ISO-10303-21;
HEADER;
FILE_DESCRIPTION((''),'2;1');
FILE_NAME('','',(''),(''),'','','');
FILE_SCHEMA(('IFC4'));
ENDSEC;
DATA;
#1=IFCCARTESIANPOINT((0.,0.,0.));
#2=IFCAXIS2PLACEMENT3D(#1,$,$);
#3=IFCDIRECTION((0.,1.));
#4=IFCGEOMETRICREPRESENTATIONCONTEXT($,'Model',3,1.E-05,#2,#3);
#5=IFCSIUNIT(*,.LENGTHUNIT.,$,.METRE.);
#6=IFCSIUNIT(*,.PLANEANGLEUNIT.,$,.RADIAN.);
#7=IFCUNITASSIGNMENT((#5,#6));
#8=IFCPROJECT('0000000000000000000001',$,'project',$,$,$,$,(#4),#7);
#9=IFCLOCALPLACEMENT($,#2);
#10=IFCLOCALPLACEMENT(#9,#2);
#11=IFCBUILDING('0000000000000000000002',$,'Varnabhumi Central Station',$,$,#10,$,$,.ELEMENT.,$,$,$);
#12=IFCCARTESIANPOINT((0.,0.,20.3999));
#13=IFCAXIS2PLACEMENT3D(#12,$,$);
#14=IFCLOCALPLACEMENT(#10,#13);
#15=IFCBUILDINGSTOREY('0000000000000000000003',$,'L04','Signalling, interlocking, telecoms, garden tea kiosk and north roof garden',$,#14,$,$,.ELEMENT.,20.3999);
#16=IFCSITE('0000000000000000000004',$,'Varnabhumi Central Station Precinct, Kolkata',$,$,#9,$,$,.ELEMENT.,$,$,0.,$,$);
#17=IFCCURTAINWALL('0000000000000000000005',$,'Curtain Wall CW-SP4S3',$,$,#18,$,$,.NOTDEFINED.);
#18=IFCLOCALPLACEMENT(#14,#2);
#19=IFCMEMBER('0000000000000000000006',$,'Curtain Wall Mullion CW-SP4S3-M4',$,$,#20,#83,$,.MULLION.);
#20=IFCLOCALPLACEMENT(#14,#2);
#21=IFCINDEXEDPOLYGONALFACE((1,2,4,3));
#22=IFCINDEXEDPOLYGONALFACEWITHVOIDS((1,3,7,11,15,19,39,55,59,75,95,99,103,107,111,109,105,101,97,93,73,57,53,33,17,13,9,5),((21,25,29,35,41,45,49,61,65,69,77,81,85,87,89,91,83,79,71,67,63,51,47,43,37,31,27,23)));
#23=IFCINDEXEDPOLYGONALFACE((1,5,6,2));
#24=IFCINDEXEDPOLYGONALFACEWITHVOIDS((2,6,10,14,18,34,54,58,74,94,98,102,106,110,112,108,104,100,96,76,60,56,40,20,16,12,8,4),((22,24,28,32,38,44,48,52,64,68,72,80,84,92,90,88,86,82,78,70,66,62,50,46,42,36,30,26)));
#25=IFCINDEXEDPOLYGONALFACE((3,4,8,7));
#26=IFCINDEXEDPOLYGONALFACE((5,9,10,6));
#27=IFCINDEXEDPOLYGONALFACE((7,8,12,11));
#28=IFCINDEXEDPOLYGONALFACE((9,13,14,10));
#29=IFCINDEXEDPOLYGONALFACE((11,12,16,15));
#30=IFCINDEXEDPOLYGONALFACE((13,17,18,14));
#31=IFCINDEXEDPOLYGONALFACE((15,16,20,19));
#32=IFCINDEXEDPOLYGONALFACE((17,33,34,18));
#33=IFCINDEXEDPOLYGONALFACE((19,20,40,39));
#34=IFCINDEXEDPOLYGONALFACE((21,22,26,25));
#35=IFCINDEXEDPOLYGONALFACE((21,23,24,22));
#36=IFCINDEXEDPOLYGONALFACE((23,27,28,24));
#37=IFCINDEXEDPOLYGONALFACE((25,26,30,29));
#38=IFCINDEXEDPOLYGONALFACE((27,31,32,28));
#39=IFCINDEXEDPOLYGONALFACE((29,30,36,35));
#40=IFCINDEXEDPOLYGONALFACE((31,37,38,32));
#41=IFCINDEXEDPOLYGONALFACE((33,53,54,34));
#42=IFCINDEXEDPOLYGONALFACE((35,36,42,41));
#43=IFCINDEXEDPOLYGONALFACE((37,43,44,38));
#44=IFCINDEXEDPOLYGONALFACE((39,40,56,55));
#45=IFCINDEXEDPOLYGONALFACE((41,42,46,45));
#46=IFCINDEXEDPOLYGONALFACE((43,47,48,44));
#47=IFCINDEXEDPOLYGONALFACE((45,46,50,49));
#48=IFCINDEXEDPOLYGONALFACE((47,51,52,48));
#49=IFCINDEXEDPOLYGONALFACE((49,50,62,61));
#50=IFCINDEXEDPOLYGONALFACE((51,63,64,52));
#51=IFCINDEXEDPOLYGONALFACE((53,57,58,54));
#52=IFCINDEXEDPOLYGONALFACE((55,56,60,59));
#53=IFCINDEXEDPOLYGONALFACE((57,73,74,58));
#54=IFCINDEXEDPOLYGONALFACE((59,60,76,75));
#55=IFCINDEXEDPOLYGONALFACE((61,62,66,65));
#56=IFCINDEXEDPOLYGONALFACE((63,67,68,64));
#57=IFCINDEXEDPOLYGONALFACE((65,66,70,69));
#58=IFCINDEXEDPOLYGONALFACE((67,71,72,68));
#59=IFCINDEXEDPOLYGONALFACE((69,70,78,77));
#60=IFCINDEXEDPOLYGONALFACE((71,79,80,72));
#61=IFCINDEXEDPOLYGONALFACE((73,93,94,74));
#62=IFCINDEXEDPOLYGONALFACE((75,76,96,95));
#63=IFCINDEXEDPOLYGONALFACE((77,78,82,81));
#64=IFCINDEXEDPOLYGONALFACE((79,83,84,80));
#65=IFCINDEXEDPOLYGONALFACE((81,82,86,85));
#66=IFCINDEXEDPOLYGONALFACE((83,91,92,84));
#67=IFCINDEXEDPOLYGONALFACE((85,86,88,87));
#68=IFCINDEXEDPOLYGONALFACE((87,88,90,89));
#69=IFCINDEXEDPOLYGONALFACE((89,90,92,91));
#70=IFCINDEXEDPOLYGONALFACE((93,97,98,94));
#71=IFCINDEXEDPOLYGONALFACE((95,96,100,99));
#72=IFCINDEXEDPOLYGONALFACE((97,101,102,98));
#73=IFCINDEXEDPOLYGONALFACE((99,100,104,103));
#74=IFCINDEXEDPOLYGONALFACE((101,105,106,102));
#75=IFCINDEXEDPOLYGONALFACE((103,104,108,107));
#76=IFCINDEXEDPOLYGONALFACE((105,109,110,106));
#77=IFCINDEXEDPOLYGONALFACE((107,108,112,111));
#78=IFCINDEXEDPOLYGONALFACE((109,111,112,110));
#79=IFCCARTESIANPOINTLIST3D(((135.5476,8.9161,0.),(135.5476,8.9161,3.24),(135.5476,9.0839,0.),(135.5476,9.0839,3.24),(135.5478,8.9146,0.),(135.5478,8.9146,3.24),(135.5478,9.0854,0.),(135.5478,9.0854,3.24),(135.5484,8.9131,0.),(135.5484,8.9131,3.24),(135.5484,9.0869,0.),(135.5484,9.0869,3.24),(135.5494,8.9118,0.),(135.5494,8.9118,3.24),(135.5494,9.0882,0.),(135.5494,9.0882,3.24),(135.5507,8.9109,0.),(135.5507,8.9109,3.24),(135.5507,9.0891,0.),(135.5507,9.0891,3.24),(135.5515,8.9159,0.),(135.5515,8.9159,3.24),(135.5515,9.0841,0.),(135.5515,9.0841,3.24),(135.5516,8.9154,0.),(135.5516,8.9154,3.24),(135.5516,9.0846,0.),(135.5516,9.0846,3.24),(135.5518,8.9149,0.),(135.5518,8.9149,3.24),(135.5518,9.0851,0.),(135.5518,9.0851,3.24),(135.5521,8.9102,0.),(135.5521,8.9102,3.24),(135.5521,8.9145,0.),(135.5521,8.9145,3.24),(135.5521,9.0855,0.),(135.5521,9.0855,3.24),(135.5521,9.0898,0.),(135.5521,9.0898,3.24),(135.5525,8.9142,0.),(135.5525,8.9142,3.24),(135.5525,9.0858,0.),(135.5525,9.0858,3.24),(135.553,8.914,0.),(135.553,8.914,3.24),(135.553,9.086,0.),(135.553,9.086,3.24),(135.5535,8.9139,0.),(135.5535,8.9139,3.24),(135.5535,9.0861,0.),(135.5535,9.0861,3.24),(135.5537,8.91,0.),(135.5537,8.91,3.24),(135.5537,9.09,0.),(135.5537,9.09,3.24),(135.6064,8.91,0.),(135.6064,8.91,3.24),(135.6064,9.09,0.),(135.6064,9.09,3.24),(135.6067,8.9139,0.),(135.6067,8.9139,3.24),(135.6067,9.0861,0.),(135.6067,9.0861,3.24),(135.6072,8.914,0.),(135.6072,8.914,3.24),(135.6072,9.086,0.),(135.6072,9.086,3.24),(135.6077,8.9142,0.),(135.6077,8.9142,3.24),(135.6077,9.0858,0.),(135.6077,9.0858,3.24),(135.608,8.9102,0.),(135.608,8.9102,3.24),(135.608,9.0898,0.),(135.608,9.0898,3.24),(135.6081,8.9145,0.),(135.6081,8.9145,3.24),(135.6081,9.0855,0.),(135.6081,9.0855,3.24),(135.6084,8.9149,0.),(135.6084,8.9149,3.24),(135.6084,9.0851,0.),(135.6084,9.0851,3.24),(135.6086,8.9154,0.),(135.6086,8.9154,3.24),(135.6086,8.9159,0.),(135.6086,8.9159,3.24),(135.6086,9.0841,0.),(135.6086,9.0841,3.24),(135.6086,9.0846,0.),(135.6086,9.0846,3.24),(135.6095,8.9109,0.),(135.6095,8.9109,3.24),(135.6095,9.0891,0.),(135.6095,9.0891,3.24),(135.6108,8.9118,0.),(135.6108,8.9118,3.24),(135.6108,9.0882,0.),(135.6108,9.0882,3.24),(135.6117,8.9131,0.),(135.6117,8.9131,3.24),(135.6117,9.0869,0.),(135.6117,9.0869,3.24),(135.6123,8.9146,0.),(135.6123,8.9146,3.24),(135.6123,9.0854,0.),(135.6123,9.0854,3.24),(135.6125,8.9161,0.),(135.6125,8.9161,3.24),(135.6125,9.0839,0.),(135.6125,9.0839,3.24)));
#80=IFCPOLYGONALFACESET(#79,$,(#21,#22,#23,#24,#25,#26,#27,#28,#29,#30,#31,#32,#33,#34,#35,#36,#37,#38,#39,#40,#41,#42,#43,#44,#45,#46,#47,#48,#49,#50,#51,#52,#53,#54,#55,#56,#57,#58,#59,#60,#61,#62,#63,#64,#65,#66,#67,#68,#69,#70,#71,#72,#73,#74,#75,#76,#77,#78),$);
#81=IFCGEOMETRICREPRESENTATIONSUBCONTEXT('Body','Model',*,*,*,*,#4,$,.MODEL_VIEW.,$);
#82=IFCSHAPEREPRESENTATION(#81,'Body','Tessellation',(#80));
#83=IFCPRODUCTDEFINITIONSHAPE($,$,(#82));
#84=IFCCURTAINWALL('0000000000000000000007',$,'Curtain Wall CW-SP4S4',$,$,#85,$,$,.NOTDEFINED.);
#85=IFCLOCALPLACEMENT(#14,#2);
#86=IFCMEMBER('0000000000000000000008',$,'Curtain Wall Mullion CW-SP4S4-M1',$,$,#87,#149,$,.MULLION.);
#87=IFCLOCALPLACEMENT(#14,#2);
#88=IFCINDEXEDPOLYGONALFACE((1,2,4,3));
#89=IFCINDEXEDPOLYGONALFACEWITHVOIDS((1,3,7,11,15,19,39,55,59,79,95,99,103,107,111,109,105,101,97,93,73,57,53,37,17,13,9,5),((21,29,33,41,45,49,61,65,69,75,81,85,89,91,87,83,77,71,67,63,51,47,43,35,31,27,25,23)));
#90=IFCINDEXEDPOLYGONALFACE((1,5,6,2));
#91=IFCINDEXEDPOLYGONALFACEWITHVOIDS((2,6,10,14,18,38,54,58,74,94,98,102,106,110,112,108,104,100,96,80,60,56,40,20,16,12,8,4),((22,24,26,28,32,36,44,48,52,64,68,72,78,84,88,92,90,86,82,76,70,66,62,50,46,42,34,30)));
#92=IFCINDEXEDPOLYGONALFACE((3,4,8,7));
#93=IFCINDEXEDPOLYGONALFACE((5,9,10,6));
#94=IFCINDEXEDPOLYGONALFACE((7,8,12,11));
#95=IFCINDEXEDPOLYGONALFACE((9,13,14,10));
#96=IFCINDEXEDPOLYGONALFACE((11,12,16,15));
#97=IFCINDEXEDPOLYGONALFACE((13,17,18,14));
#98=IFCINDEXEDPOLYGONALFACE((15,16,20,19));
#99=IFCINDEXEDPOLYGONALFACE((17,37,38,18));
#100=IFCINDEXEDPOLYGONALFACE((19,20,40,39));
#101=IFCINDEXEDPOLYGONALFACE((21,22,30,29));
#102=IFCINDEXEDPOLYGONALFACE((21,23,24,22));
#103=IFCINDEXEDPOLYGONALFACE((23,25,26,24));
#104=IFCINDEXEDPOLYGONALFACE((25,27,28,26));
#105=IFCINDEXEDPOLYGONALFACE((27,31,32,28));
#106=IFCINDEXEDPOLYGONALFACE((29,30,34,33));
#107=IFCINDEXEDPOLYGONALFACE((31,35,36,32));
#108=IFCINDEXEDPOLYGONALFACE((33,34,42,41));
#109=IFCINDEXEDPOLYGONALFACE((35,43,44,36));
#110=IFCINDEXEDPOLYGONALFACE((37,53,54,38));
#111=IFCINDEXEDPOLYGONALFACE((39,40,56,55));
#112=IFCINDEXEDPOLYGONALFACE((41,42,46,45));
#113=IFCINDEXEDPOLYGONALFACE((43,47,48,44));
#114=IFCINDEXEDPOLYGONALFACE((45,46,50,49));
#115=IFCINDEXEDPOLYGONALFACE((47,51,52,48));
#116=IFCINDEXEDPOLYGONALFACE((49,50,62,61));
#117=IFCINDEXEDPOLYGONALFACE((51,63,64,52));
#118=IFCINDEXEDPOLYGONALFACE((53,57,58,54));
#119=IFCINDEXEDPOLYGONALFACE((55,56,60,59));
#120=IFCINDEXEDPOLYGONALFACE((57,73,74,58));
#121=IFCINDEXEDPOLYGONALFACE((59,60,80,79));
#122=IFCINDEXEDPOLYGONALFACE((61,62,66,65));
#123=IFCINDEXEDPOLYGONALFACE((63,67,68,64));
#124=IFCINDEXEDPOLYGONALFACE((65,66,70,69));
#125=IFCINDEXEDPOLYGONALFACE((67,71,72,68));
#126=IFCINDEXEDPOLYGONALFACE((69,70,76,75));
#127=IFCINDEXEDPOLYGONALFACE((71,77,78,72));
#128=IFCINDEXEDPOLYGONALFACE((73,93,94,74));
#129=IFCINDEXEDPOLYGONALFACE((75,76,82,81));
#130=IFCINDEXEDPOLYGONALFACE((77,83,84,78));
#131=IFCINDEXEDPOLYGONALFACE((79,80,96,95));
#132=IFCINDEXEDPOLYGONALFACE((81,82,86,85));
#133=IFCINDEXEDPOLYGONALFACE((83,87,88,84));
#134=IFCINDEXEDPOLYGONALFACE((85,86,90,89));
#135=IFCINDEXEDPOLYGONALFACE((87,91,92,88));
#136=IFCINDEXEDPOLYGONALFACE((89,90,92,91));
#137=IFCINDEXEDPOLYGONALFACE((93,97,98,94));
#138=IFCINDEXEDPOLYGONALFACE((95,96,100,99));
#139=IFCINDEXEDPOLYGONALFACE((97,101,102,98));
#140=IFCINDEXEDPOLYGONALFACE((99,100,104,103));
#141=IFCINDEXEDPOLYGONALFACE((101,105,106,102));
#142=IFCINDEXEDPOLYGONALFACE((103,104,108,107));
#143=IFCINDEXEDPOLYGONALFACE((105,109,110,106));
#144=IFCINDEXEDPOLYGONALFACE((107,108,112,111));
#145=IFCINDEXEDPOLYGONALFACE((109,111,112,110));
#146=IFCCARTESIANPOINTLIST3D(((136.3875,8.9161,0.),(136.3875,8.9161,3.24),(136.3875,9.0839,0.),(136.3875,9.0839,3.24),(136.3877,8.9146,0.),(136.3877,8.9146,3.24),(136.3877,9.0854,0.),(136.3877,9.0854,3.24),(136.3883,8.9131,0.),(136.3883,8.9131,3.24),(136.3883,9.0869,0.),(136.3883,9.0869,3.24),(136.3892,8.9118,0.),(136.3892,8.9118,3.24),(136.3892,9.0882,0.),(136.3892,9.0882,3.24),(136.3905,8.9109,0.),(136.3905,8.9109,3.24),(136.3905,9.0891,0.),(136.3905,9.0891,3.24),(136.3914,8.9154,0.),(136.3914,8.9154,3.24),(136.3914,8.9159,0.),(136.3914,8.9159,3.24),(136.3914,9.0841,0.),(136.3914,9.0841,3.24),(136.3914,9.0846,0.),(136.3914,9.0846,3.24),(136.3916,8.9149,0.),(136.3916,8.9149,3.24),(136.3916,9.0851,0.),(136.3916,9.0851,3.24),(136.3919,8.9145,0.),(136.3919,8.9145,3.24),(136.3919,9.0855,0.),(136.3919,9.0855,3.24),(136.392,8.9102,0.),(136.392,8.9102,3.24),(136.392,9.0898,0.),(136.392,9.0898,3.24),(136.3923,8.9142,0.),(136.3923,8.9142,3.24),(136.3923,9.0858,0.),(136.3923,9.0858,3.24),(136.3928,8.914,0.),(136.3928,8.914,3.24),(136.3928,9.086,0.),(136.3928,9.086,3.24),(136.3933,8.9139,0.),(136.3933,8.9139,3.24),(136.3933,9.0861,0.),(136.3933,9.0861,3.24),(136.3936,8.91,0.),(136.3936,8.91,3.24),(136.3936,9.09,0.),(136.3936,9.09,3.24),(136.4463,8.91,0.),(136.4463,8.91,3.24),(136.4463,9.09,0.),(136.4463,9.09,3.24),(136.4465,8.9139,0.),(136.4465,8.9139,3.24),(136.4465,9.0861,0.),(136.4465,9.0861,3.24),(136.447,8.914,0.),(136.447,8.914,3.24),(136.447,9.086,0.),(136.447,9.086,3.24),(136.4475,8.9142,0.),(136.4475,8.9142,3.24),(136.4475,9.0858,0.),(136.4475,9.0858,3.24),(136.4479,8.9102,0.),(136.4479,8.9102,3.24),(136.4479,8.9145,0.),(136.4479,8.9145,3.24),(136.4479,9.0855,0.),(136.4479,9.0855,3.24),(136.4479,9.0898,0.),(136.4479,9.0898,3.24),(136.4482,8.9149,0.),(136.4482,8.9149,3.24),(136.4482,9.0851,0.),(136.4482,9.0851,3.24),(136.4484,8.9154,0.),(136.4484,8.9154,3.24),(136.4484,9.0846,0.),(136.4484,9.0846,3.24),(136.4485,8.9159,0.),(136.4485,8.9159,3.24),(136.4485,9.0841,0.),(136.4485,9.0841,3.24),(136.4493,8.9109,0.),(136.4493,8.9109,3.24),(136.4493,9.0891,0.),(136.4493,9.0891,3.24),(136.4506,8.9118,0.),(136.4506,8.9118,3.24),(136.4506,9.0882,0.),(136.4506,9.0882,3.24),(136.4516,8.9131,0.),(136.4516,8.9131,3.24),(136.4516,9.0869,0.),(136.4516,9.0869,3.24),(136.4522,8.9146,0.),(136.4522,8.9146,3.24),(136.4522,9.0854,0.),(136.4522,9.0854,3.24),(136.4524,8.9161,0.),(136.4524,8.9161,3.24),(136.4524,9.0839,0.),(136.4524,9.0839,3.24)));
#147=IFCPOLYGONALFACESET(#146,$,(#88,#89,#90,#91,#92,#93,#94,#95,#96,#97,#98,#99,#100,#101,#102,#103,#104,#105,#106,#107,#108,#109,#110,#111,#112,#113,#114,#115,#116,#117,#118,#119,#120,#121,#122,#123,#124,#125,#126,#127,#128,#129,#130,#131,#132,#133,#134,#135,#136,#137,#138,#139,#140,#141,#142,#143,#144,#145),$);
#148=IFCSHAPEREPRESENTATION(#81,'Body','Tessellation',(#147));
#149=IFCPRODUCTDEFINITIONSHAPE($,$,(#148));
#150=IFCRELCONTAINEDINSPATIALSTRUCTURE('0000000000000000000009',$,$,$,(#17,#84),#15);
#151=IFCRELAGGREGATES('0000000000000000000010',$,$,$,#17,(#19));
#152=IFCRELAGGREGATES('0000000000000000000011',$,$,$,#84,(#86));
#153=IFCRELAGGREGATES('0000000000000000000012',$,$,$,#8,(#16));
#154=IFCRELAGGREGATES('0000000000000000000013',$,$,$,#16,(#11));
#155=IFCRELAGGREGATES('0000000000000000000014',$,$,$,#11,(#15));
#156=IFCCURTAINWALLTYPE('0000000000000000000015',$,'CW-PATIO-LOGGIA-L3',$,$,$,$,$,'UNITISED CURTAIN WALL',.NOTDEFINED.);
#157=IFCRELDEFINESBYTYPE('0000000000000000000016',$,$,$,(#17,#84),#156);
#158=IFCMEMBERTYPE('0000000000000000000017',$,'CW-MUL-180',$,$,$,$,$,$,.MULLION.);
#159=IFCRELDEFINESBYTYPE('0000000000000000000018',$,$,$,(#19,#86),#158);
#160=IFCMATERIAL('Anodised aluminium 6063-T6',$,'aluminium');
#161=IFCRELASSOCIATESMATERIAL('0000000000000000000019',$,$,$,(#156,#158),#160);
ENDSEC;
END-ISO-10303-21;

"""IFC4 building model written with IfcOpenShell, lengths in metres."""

from ifc_helpers import new_model, si_unit, direction, frame, origin, origin_2d, place, context, subcontext, project, spatial, hollow_rectangle, extrude, material, material_profile, profile_set, type_object, element, aggregate, save


model = new_model("IFC4")

# Units and contexts
model_context = context("Model", 3, precision=1e-05, world=origin(), true_north=direction((0.0, 1.0)))
body_context = subcontext(model_context, "Body", "Model", "MODEL_VIEW")
ifc_project = project(units=[si_unit("LENGTHUNIT", "METRE"), si_unit("PLANEANGLEUNIT", "RADIAN")], contexts=[model_context])

# Site, building, storey
site_placement = place(None, origin())
site = spatial("IfcSite", under=ifc_project, at=site_placement, Name="Varnabhumi Central Station Precinct, Kolkata", CompositionType="ELEMENT", RefElevation=0.0)
building_placement = place(site_placement, origin())
building = spatial("IfcBuilding", under=site, at=building_placement, Name="Varnabhumi Central Station", CompositionType="ELEMENT")
storey_placement = place(building_placement, frame((0.0, 0.0, 20.3999)))
storey = spatial("IfcBuildingStorey", under=building, at=storey_placement, Name="L04", Description="Signalling, interlocking, telecoms, garden tea kiosk and north roof garden", CompositionType="ELEMENT", Elevation=20.3999)

# Shared definitions
ifc_material_1 = material(Name="Anodised aluminium 6063-T6", Category="aluminium")
curtain_wall_type = type_object("IfcCurtainWallType", Name="CW-PATIO-LOGGIA-L3", ElementType="UNITISED CURTAIN WALL", PredefinedType="NOTDEFINED", material=ifc_material_1)
ifc_material_profile_1 = material_profile(ifc_material_1, hollow_rectangle(XDim=0.0649, YDim=0.1799, WallThickness=0.0039, InnerFilletRadius=0.002, OuterFilletRadius=0.0061, at=origin_2d()), Name="Anodised aluminium 6063-T6", Category="aluminium")
ifc_profile_set_1 = profile_set([ifc_material_profile_1], Name="Anodised aluminium 6063-T6")
member_type_1 = type_object("IfcMemberType", Name="CW-MUL-180", PredefinedType="MULLION", material=ifc_profile_set_1)

# Curtain walls, members
curtain_wall_1_placement = place(storey_placement, origin())
curtain_wall_1 = element("IfcCurtainWall", 1, at=curtain_wall_1_placement, inside=storey, type_object=curtain_wall_type, Name="Curtain Wall CW-SP4S3", PredefinedType="NOTDEFINED")
member_1_placement = place(storey_placement, frame((135.5801, 9.0, 0.0), z_axis=(0.0, 0.0, 1.0), x_axis=(1.0, 0.0, 0.0)))
member_1 = element("IfcMember", 2, at=member_1_placement, type_object=member_type_1, Name="Curtain Wall Mullion CW-SP4S3-M4", PredefinedType="MULLION", context=body_context, shape_type="SweptSolid", body=[
    extrude(hollow_rectangle(XDim=0.0649, YDim=0.1799, WallThickness=0.0039, InnerFilletRadius=0.002, OuterFilletRadius=0.0061, at=origin_2d()), origin(), (0.0, 0.0, 1.0), 3.24),
])
curtain_wall_2_placement = place(storey_placement, origin())
curtain_wall_2 = element("IfcCurtainWall", 3, at=curtain_wall_2_placement, inside=storey, type_object=curtain_wall_type, Name="Curtain Wall CW-SP4S4", PredefinedType="NOTDEFINED")
member_2_placement = place(storey_placement, frame((136.4199, 9.0, 0.0), z_axis=(0.0, 0.0, 1.0), x_axis=(1.0, 0.0, 0.0)))
member_2 = element("IfcMember", 4, at=member_2_placement, type_object=member_type_1, Name="Curtain Wall Mullion CW-SP4S4-M1", PredefinedType="MULLION", context=body_context, shape_type="SweptSolid", body=[
    extrude(hollow_rectangle(XDim=0.0649, YDim=0.1799, WallThickness=0.0039, InnerFilletRadius=0.002, OuterFilletRadius=0.0061, at=origin_2d()), origin(), (0.0, 0.0, 1.0), 3.24),
])

aggregate(curtain_wall_1, [member_1])
aggregate(curtain_wall_2, [member_2])

save(model, "model.ifc")
